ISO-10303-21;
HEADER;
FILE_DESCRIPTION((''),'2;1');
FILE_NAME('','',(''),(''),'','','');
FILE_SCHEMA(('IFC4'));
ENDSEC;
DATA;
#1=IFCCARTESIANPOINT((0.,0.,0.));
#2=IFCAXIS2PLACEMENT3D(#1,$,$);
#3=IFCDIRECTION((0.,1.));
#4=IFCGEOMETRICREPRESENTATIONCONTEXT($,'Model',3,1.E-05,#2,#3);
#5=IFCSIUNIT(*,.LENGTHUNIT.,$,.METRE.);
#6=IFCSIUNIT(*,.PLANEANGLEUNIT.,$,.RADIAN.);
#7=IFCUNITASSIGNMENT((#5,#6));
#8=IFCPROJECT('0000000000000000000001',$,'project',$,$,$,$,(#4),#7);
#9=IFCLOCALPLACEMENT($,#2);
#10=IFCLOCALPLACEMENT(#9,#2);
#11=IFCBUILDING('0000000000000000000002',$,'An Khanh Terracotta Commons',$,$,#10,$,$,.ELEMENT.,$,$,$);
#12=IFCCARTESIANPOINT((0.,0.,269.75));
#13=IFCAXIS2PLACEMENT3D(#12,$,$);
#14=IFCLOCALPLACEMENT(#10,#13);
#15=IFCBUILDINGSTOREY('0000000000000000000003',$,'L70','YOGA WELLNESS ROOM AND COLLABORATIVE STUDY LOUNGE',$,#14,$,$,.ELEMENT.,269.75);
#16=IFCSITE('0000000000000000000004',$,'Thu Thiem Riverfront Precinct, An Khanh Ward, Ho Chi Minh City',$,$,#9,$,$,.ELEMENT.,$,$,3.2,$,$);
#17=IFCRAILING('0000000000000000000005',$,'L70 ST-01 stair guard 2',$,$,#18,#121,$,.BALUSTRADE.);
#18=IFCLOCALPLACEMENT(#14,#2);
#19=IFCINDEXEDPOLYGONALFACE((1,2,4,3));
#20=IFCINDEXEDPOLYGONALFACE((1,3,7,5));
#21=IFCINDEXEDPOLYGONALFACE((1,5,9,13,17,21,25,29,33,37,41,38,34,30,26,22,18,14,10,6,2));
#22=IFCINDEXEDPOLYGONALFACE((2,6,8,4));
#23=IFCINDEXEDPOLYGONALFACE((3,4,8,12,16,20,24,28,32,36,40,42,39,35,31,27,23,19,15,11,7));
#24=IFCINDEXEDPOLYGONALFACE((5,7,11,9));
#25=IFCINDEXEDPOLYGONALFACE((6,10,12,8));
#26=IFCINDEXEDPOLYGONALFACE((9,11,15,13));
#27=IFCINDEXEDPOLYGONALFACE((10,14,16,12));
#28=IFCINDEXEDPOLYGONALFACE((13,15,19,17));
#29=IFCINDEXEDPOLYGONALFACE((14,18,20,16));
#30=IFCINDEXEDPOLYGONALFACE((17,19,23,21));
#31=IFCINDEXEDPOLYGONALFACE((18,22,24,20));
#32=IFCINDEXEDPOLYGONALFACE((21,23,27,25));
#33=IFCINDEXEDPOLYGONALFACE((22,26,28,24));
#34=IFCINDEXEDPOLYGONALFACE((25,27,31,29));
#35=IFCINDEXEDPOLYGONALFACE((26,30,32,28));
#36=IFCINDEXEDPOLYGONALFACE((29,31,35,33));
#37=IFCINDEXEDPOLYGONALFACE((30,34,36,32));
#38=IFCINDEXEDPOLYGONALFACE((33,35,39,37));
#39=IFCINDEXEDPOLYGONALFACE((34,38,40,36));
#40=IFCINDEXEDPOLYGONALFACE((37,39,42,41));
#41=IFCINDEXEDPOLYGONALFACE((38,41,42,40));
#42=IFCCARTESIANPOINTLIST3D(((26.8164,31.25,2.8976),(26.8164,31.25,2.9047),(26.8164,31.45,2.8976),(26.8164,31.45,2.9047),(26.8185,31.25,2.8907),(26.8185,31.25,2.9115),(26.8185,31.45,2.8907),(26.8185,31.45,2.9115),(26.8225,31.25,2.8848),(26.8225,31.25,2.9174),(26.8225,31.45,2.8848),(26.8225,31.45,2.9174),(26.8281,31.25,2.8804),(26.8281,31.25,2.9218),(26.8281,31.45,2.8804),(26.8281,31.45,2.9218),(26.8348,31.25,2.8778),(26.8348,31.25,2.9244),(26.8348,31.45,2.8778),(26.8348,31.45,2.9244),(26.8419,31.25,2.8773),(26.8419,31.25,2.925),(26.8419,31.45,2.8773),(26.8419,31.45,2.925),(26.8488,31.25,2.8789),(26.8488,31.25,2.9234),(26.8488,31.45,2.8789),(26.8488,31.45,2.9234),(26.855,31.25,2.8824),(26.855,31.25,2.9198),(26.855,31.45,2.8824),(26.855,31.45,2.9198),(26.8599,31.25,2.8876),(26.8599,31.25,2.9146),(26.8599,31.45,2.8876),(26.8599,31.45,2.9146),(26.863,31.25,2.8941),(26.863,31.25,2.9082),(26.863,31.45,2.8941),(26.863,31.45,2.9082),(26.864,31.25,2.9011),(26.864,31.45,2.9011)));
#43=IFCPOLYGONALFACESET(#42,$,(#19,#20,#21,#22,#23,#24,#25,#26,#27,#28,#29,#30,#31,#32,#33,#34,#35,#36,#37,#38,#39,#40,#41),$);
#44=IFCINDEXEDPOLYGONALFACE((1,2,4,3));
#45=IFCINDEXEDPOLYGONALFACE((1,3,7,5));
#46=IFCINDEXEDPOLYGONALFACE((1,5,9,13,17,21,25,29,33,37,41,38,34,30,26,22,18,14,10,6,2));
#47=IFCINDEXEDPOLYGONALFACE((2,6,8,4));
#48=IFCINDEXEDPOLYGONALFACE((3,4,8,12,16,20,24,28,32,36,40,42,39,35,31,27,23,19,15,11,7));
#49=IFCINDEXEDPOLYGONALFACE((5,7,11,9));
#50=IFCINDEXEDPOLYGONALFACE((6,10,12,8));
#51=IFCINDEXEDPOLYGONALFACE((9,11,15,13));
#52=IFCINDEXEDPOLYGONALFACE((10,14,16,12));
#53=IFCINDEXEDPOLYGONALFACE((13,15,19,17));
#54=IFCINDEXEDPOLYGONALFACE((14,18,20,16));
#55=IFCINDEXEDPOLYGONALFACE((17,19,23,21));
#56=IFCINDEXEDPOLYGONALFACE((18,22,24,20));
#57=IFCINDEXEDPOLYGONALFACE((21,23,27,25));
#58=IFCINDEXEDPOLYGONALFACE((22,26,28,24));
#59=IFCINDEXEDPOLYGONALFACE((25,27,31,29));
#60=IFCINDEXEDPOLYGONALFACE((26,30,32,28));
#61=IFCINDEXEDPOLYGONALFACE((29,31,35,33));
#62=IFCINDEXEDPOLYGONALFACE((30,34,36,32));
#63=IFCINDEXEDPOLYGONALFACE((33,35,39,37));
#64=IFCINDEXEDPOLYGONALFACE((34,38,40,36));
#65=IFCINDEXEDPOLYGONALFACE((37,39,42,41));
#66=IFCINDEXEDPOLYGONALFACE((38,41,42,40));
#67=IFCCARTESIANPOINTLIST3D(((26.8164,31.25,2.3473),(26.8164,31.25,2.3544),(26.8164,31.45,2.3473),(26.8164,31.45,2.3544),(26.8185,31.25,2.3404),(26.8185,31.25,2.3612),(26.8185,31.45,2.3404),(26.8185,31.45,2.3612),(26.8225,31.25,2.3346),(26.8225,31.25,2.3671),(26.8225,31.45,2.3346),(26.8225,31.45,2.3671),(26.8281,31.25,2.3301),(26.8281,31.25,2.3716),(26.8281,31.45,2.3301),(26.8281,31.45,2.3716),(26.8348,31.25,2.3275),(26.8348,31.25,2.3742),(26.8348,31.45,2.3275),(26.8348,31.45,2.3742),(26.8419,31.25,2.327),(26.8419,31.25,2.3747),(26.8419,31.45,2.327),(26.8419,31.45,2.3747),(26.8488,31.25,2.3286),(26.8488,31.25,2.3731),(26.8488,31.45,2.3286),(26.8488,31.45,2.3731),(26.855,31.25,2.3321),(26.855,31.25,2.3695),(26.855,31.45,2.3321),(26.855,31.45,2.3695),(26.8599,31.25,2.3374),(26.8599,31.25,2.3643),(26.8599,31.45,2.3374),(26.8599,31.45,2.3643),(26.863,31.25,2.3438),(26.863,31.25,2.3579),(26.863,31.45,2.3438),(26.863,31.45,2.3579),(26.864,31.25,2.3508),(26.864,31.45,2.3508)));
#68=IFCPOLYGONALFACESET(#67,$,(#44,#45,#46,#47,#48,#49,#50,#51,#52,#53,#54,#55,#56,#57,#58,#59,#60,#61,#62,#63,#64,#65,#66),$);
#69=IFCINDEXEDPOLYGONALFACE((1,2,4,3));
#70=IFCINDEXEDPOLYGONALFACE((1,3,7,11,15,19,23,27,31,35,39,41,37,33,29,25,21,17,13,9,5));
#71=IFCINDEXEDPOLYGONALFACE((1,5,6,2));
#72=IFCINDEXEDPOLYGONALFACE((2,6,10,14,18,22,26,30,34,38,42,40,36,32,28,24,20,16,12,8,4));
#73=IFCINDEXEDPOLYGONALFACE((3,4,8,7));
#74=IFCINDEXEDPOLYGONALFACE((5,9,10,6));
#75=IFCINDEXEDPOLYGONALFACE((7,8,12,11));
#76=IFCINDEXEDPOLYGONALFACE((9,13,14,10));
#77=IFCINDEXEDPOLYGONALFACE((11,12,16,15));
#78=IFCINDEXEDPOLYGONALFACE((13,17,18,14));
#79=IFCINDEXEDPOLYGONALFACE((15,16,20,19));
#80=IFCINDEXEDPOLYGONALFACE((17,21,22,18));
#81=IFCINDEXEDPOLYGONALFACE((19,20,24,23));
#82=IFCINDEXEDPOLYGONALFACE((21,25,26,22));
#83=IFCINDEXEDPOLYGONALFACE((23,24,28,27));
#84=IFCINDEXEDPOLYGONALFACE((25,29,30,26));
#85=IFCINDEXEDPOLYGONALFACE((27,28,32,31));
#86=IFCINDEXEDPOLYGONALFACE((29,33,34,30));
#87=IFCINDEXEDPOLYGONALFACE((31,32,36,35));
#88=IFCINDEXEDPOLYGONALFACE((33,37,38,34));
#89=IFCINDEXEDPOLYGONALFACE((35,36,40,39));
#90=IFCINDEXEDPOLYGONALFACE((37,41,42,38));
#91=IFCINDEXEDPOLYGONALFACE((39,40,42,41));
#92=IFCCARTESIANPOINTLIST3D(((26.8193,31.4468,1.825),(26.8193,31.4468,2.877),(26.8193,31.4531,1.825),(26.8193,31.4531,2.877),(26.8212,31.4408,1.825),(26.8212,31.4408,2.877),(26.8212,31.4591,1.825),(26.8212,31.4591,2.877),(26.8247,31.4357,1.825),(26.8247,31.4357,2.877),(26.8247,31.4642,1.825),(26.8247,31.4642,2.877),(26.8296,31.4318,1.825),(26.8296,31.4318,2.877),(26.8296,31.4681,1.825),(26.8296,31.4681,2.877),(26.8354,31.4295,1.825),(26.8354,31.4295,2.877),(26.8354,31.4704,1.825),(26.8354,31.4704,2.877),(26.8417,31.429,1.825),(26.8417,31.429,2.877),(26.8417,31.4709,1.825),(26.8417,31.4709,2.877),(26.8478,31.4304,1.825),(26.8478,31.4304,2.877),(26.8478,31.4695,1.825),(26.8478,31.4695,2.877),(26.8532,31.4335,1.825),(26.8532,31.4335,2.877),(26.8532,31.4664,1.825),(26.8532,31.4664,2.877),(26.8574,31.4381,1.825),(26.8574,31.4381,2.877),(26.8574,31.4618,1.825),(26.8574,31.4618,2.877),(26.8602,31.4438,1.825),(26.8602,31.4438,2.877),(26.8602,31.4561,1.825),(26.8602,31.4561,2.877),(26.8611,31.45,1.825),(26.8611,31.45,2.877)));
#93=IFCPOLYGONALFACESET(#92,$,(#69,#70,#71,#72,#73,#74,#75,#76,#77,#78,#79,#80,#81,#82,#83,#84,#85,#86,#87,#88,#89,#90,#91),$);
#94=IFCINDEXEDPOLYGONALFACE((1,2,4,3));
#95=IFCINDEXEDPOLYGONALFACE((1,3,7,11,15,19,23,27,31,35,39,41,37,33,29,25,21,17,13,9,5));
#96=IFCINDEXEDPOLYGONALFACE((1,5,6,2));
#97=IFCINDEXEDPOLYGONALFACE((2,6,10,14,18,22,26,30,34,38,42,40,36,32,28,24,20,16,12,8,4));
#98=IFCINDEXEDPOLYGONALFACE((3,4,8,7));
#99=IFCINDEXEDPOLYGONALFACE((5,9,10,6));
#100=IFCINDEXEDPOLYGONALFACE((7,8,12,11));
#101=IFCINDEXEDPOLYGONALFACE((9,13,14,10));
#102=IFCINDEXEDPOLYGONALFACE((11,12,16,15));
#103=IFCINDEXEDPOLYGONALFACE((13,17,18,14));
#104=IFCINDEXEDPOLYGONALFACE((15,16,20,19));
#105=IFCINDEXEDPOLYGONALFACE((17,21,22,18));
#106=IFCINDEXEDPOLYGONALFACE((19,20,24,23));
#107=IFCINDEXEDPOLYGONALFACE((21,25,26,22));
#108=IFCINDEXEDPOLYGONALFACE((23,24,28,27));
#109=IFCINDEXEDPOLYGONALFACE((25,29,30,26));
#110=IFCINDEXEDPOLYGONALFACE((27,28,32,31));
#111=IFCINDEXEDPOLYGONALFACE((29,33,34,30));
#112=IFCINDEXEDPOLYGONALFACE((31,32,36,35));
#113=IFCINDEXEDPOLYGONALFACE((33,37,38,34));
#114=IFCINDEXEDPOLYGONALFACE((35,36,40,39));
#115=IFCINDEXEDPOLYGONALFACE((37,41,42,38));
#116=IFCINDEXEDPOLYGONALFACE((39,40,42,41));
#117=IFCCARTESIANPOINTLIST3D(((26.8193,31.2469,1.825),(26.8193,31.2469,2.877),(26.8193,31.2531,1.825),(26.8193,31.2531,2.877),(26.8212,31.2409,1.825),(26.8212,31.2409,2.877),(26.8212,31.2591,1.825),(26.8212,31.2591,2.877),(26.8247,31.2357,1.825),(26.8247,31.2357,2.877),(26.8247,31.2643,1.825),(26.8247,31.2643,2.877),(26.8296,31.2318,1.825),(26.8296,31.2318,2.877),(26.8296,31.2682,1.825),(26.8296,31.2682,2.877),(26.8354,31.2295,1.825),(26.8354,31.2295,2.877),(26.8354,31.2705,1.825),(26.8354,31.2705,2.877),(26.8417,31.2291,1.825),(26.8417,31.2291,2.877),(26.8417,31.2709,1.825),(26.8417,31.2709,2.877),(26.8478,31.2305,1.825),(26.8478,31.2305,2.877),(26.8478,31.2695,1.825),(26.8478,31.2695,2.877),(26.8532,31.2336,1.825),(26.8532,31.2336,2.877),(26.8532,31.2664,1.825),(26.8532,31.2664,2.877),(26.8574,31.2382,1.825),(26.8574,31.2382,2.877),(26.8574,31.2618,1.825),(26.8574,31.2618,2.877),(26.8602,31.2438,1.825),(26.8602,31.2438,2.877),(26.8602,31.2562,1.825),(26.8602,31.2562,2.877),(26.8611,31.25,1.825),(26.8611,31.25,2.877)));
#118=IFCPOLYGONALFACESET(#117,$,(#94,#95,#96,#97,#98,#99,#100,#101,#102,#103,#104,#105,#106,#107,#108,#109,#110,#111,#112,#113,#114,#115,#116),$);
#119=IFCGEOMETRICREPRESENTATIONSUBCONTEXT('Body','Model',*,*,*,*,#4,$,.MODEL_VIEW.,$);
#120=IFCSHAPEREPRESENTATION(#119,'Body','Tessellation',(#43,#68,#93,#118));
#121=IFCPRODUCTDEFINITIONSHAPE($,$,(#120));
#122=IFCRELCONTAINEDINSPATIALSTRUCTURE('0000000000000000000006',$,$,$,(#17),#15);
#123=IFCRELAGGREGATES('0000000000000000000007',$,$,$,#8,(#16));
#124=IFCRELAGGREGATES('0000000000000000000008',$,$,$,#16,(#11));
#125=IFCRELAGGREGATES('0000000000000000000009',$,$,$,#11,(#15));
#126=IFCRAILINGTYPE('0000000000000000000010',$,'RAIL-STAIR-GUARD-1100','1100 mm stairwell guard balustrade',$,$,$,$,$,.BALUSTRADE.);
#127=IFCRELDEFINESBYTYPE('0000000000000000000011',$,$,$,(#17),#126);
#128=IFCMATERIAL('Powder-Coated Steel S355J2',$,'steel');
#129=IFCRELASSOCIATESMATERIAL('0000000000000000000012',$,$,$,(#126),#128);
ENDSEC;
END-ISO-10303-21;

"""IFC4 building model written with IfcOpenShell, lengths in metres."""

from ifc_helpers import new_model, si_unit, direction, frame, origin, origin_2d, place, context, subcontext, project, spatial, circle, extrude, material, type_object, element, save


model = new_model("IFC4")

# Units and contexts
model_context = context("Model", 3, precision=1e-05, world=origin(), true_north=direction((0.0, 1.0)))
body_context = subcontext(model_context, "Body", "Model", "MODEL_VIEW")
ifc_project = project(units=[si_unit("LENGTHUNIT", "METRE"), si_unit("PLANEANGLEUNIT", "RADIAN")], contexts=[model_context])

# Site, building, storey
site_placement = place(None, origin())
site = spatial("IfcSite", under=ifc_project, at=site_placement, Name="Thu Thiem Riverfront Precinct, An Khanh Ward, Ho Chi Minh City", CompositionType="ELEMENT", RefElevation=3.2)
building_placement = place(site_placement, origin())
building = spatial("IfcBuilding", under=site, at=building_placement, Name="An Khanh Terracotta Commons", CompositionType="ELEMENT")
storey_placement = place(building_placement, frame((0.0, 0.0, 269.75)))
storey = spatial("IfcBuildingStorey", under=building, at=storey_placement, Name="L70", Description="YOGA WELLNESS ROOM AND COLLABORATIVE STUDY LOUNGE", CompositionType="ELEMENT", Elevation=269.75)

# Railing
ifc_material_1 = material(Name="Powder-Coated Steel S355J2", Category="steel")
railing_type_1 = type_object("IfcRailingType", Name="RAIL-STAIR-GUARD-1100", Description="1100 mm stairwell guard balustrade", PredefinedType="BALUSTRADE", material=ifc_material_1)
railing_1_placement = place(storey_placement, frame((26.8401, 31.45, 1.825)))
element("IfcRailing", 1, at=railing_1_placement, inside=storey, type_object=railing_type_1, Name="L70 ST-01 stair guard 2", PredefinedType="BALUSTRADE", context=body_context, shape_type="SweptSolid", body=[
    extrude(circle(Radius=0.0239, at=origin_2d()), frame((0.0, 0.0, 1.0762), z_axis=(0.0, -1.0, 0.0), x_axis=(1.0, 0.0, 0.0)), (0.0, 0.0, 1.0), 0.2),
    extrude(circle(Radius=0.0239, at=origin_2d()), frame((0.0, 0.0, 0.5259), z_axis=(0.0, -1.0, 0.0), x_axis=(1.0, 0.0, 0.0)), (0.0, 0.0, 1.0), 0.2),
    extrude(circle(Radius=0.021, at=origin_2d()), origin(), (0.0, 0.0, 1.0), 1.052),
    extrude(circle(Radius=0.021, at=origin_2d()), frame((0.0, -0.2, 0.0)), (0.0, 0.0, 1.0), 1.052),
])

save(model, "model.ifc")
